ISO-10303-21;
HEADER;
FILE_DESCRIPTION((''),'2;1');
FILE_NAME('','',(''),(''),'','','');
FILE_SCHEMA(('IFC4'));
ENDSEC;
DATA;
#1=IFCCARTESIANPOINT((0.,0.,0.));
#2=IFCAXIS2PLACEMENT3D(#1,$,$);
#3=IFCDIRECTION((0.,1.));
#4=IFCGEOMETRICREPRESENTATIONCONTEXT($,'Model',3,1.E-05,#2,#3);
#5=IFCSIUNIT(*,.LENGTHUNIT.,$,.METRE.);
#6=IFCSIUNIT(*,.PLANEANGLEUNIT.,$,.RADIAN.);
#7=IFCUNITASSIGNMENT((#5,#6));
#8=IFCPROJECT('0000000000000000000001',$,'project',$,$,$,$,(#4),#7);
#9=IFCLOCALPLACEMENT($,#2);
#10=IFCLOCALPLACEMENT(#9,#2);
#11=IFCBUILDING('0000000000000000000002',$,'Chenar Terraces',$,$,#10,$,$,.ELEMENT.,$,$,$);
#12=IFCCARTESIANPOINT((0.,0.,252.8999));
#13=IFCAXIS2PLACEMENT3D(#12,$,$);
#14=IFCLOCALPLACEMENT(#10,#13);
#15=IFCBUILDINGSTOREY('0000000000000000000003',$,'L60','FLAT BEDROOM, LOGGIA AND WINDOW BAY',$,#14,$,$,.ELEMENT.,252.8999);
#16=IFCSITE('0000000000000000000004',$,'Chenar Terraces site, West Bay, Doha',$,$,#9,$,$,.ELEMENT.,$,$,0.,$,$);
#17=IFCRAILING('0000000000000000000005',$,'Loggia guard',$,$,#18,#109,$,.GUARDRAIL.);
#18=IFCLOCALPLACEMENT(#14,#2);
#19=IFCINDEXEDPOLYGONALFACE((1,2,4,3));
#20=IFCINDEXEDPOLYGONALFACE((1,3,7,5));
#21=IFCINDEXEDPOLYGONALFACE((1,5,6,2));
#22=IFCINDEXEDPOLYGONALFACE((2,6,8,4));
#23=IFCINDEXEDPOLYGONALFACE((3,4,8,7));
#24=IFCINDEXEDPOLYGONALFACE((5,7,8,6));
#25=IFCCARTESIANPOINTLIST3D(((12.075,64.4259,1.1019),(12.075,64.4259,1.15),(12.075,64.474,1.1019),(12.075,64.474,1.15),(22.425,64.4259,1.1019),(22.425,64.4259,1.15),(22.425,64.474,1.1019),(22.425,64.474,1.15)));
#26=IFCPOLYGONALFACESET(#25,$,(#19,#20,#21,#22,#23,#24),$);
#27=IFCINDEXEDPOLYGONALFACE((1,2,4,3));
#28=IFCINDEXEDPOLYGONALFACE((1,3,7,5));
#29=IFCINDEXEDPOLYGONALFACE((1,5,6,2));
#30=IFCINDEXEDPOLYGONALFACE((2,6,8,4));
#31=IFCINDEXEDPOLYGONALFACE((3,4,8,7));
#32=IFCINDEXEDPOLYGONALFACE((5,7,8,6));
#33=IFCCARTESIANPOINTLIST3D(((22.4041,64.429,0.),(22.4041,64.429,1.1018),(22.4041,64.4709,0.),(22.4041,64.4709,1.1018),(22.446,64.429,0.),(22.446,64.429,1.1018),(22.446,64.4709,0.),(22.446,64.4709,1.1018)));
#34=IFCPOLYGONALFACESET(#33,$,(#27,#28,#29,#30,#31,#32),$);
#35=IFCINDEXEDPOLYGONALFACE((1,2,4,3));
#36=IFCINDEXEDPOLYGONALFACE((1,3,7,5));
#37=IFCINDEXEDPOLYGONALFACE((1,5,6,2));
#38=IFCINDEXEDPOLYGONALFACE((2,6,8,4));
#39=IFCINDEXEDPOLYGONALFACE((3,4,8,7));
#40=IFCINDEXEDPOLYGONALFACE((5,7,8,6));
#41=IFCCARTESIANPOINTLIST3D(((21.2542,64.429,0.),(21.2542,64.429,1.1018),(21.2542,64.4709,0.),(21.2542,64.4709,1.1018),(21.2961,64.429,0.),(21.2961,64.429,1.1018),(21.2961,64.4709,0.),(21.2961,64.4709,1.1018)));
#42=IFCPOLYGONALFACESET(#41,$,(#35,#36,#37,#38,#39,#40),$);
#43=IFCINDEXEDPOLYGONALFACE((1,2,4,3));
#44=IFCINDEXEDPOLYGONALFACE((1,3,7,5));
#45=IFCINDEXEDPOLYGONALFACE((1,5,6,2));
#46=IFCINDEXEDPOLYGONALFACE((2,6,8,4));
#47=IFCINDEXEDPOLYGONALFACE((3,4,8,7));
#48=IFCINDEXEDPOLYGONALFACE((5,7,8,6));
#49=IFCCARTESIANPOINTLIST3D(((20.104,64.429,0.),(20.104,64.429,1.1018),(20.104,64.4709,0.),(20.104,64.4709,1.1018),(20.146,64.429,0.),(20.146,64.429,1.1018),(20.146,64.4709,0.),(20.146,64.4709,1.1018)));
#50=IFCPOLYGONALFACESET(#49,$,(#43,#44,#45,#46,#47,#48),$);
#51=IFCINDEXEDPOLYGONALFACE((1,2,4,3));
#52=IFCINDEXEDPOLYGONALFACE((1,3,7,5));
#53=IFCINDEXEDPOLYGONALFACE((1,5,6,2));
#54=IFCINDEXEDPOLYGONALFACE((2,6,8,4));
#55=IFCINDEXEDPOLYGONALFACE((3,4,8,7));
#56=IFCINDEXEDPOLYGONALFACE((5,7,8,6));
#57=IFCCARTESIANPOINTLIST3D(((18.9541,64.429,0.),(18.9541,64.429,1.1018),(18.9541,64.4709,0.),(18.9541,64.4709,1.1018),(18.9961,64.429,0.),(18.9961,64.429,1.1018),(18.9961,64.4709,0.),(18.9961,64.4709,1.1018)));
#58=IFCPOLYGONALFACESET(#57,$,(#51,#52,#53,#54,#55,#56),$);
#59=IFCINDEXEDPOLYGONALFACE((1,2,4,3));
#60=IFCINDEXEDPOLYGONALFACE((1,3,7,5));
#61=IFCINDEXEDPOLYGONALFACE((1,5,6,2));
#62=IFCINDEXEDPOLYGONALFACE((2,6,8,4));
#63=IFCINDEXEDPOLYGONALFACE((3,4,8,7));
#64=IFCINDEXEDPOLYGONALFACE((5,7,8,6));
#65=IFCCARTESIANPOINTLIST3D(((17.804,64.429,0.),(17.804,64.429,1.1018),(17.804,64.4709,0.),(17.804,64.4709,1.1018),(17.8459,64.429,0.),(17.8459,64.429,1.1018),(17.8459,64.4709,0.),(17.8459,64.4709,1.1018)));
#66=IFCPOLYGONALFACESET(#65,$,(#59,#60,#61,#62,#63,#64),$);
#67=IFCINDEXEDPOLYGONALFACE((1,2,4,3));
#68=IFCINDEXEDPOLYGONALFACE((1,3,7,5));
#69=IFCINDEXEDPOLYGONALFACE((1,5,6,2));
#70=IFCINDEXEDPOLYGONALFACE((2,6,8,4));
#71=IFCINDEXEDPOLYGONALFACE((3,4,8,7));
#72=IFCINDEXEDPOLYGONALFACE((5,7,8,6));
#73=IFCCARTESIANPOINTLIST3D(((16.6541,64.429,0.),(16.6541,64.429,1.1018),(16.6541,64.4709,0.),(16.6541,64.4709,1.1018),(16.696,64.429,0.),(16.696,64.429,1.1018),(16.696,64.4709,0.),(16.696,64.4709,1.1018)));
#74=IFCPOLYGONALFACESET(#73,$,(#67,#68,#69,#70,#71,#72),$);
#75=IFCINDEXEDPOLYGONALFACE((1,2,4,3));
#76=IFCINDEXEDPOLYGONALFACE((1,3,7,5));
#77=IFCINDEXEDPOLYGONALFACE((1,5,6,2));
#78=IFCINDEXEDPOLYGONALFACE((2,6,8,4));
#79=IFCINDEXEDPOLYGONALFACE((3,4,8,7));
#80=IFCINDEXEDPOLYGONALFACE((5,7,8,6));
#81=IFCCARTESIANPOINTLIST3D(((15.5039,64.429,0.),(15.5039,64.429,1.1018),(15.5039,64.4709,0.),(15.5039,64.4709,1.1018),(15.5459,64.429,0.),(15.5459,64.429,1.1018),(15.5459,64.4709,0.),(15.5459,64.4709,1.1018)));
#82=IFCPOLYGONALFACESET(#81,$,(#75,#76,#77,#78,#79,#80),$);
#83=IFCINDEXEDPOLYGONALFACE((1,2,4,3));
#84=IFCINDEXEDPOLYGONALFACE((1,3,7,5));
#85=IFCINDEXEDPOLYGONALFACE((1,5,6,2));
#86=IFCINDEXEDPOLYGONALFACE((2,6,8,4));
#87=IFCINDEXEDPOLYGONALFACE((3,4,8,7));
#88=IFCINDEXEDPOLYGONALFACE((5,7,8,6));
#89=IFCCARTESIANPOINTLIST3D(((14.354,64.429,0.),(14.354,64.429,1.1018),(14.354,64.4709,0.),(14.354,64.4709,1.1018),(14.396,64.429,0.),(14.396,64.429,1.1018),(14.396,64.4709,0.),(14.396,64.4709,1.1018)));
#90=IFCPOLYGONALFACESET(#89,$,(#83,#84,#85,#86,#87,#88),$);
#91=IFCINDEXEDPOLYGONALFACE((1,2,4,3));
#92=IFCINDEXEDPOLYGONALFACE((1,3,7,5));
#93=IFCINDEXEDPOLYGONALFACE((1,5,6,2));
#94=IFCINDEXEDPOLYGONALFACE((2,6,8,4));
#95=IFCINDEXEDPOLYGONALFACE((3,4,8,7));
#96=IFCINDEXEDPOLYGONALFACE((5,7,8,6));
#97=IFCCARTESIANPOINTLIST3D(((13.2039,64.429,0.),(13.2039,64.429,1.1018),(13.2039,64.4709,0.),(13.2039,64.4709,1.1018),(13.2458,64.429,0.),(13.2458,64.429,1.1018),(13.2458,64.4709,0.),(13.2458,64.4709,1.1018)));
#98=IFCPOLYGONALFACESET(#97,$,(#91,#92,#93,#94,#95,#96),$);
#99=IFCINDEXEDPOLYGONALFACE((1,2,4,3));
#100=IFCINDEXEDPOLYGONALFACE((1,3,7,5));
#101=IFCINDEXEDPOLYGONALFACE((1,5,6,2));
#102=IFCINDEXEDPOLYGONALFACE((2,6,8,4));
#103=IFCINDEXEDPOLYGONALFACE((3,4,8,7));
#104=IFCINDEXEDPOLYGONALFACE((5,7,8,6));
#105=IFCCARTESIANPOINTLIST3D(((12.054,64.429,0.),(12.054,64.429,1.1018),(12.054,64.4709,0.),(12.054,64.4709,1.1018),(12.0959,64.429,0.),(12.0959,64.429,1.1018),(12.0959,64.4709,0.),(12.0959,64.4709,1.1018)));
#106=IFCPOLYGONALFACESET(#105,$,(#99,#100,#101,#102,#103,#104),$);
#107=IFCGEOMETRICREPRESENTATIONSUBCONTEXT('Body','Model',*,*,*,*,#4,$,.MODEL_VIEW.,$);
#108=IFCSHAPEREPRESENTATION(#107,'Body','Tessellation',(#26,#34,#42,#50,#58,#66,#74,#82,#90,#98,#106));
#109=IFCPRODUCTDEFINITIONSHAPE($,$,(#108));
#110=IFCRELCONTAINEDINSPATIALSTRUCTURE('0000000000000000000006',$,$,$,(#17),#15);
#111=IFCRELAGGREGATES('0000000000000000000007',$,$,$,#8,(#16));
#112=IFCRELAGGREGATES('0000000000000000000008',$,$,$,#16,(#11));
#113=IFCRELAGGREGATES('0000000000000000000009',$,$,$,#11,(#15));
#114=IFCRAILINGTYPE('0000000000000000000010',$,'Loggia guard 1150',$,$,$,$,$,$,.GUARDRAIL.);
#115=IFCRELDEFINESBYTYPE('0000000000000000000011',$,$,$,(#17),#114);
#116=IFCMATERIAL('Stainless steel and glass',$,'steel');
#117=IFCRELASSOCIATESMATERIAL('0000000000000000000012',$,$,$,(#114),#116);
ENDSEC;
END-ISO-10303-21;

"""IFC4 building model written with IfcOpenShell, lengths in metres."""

from ifc_helpers import new_model, si_unit, direction, frame, origin, origin_2d, place, context, subcontext, project, spatial, rectangle, extrude, material, type_object, element, save


model = new_model("IFC4")

# Units and contexts
model_context = context("Model", 3, precision=1e-05, world=origin(), true_north=direction((0.0, 1.0)))
body_context = subcontext(model_context, "Body", "Model", "MODEL_VIEW")
ifc_project = project(units=[si_unit("LENGTHUNIT", "METRE"), si_unit("PLANEANGLEUNIT", "RADIAN")], contexts=[model_context])

# Site, building, storey
site_placement = place(None, origin())
site = spatial("IfcSite", under=ifc_project, at=site_placement, Name="Chenar Terraces site, West Bay, Doha", CompositionType="ELEMENT", RefElevation=0.0)
building_placement = place(site_placement, origin())
building = spatial("IfcBuilding", under=site, at=building_placement, Name="Chenar Terraces", CompositionType="ELEMENT")
storey_placement = place(building_placement, frame((0.0, 0.0, 252.8999)))
storey = spatial("IfcBuildingStorey", under=building, at=storey_placement, Name="L60", Description="FLAT BEDROOM, LOGGIA AND WINDOW BAY", CompositionType="ELEMENT", Elevation=252.8999)

# Railing
ifc_material_1 = material(Name="Stainless steel and glass", Category="steel")
railing_type_1 = type_object("IfcRailingType", Name="Loggia guard 1150", PredefinedType="GUARDRAIL", material=ifc_material_1)
railing_1_placement = place(storey_placement, frame((22.425, 64.45, 0.0)))
element("IfcRailing", 1, at=railing_1_placement, inside=storey, type_object=railing_type_1, Name="Loggia guard", PredefinedType="GUARDRAIL", context=body_context, shape_type="SweptSolid", body=[
    extrude(rectangle(XDim=0.0481, YDim=0.0481, at=origin_2d()), frame((0.0, 0.0, 1.126), z_axis=(-1.0, 0.0, 0.0), x_axis=(0.0, -1.0, 0.0)), (0.0, 0.0, 1.0), 10.3501),
    extrude(rectangle(XDim=0.042, YDim=0.042, at=origin_2d()), origin(), (0.0, 0.0, 1.0), 1.1018),
    extrude(rectangle(XDim=0.042, YDim=0.042, at=origin_2d()), frame((-1.1499, 0.0, 0.0)), (0.0, 0.0, 1.0), 1.1018),
    extrude(rectangle(XDim=0.042, YDim=0.042, at=origin_2d()), frame((-2.3, 0.0, 0.0)), (0.0, 0.0, 1.0), 1.1018),
    extrude(rectangle(XDim=0.042, YDim=0.042, at=origin_2d()), frame((-3.45, 0.0, 0.0)), (0.0, 0.0, 1.0), 1.1018),
    extrude(rectangle(XDim=0.042, YDim=0.042, at=origin_2d()), frame((-4.6001, 0.0, 0.0)), (0.0, 0.0, 1.0), 1.1018),
    extrude(rectangle(XDim=0.042, YDim=0.042, at=origin_2d()), frame((-5.75, 0.0, 0.0)), (0.0, 0.0, 1.0), 1.1018),
    extrude(rectangle(XDim=0.042, YDim=0.042, at=origin_2d()), frame((-6.9001, 0.0, 0.0)), (0.0, 0.0, 1.0), 1.1018),
    extrude(rectangle(XDim=0.042, YDim=0.042, at=origin_2d()), frame((-8.05, 0.0, 0.0)), (0.0, 0.0, 1.0), 1.1018),
    extrude(rectangle(XDim=0.042, YDim=0.042, at=origin_2d()), frame((-9.2002, 0.0, 0.0)), (0.0, 0.0, 1.0), 1.1018),
    extrude(rectangle(XDim=0.042, YDim=0.042, at=origin_2d()), frame((-10.3501, 0.0, 0.0)), (0.0, 0.0, 1.0), 1.1018),
])

save(model, "model.ifc")
